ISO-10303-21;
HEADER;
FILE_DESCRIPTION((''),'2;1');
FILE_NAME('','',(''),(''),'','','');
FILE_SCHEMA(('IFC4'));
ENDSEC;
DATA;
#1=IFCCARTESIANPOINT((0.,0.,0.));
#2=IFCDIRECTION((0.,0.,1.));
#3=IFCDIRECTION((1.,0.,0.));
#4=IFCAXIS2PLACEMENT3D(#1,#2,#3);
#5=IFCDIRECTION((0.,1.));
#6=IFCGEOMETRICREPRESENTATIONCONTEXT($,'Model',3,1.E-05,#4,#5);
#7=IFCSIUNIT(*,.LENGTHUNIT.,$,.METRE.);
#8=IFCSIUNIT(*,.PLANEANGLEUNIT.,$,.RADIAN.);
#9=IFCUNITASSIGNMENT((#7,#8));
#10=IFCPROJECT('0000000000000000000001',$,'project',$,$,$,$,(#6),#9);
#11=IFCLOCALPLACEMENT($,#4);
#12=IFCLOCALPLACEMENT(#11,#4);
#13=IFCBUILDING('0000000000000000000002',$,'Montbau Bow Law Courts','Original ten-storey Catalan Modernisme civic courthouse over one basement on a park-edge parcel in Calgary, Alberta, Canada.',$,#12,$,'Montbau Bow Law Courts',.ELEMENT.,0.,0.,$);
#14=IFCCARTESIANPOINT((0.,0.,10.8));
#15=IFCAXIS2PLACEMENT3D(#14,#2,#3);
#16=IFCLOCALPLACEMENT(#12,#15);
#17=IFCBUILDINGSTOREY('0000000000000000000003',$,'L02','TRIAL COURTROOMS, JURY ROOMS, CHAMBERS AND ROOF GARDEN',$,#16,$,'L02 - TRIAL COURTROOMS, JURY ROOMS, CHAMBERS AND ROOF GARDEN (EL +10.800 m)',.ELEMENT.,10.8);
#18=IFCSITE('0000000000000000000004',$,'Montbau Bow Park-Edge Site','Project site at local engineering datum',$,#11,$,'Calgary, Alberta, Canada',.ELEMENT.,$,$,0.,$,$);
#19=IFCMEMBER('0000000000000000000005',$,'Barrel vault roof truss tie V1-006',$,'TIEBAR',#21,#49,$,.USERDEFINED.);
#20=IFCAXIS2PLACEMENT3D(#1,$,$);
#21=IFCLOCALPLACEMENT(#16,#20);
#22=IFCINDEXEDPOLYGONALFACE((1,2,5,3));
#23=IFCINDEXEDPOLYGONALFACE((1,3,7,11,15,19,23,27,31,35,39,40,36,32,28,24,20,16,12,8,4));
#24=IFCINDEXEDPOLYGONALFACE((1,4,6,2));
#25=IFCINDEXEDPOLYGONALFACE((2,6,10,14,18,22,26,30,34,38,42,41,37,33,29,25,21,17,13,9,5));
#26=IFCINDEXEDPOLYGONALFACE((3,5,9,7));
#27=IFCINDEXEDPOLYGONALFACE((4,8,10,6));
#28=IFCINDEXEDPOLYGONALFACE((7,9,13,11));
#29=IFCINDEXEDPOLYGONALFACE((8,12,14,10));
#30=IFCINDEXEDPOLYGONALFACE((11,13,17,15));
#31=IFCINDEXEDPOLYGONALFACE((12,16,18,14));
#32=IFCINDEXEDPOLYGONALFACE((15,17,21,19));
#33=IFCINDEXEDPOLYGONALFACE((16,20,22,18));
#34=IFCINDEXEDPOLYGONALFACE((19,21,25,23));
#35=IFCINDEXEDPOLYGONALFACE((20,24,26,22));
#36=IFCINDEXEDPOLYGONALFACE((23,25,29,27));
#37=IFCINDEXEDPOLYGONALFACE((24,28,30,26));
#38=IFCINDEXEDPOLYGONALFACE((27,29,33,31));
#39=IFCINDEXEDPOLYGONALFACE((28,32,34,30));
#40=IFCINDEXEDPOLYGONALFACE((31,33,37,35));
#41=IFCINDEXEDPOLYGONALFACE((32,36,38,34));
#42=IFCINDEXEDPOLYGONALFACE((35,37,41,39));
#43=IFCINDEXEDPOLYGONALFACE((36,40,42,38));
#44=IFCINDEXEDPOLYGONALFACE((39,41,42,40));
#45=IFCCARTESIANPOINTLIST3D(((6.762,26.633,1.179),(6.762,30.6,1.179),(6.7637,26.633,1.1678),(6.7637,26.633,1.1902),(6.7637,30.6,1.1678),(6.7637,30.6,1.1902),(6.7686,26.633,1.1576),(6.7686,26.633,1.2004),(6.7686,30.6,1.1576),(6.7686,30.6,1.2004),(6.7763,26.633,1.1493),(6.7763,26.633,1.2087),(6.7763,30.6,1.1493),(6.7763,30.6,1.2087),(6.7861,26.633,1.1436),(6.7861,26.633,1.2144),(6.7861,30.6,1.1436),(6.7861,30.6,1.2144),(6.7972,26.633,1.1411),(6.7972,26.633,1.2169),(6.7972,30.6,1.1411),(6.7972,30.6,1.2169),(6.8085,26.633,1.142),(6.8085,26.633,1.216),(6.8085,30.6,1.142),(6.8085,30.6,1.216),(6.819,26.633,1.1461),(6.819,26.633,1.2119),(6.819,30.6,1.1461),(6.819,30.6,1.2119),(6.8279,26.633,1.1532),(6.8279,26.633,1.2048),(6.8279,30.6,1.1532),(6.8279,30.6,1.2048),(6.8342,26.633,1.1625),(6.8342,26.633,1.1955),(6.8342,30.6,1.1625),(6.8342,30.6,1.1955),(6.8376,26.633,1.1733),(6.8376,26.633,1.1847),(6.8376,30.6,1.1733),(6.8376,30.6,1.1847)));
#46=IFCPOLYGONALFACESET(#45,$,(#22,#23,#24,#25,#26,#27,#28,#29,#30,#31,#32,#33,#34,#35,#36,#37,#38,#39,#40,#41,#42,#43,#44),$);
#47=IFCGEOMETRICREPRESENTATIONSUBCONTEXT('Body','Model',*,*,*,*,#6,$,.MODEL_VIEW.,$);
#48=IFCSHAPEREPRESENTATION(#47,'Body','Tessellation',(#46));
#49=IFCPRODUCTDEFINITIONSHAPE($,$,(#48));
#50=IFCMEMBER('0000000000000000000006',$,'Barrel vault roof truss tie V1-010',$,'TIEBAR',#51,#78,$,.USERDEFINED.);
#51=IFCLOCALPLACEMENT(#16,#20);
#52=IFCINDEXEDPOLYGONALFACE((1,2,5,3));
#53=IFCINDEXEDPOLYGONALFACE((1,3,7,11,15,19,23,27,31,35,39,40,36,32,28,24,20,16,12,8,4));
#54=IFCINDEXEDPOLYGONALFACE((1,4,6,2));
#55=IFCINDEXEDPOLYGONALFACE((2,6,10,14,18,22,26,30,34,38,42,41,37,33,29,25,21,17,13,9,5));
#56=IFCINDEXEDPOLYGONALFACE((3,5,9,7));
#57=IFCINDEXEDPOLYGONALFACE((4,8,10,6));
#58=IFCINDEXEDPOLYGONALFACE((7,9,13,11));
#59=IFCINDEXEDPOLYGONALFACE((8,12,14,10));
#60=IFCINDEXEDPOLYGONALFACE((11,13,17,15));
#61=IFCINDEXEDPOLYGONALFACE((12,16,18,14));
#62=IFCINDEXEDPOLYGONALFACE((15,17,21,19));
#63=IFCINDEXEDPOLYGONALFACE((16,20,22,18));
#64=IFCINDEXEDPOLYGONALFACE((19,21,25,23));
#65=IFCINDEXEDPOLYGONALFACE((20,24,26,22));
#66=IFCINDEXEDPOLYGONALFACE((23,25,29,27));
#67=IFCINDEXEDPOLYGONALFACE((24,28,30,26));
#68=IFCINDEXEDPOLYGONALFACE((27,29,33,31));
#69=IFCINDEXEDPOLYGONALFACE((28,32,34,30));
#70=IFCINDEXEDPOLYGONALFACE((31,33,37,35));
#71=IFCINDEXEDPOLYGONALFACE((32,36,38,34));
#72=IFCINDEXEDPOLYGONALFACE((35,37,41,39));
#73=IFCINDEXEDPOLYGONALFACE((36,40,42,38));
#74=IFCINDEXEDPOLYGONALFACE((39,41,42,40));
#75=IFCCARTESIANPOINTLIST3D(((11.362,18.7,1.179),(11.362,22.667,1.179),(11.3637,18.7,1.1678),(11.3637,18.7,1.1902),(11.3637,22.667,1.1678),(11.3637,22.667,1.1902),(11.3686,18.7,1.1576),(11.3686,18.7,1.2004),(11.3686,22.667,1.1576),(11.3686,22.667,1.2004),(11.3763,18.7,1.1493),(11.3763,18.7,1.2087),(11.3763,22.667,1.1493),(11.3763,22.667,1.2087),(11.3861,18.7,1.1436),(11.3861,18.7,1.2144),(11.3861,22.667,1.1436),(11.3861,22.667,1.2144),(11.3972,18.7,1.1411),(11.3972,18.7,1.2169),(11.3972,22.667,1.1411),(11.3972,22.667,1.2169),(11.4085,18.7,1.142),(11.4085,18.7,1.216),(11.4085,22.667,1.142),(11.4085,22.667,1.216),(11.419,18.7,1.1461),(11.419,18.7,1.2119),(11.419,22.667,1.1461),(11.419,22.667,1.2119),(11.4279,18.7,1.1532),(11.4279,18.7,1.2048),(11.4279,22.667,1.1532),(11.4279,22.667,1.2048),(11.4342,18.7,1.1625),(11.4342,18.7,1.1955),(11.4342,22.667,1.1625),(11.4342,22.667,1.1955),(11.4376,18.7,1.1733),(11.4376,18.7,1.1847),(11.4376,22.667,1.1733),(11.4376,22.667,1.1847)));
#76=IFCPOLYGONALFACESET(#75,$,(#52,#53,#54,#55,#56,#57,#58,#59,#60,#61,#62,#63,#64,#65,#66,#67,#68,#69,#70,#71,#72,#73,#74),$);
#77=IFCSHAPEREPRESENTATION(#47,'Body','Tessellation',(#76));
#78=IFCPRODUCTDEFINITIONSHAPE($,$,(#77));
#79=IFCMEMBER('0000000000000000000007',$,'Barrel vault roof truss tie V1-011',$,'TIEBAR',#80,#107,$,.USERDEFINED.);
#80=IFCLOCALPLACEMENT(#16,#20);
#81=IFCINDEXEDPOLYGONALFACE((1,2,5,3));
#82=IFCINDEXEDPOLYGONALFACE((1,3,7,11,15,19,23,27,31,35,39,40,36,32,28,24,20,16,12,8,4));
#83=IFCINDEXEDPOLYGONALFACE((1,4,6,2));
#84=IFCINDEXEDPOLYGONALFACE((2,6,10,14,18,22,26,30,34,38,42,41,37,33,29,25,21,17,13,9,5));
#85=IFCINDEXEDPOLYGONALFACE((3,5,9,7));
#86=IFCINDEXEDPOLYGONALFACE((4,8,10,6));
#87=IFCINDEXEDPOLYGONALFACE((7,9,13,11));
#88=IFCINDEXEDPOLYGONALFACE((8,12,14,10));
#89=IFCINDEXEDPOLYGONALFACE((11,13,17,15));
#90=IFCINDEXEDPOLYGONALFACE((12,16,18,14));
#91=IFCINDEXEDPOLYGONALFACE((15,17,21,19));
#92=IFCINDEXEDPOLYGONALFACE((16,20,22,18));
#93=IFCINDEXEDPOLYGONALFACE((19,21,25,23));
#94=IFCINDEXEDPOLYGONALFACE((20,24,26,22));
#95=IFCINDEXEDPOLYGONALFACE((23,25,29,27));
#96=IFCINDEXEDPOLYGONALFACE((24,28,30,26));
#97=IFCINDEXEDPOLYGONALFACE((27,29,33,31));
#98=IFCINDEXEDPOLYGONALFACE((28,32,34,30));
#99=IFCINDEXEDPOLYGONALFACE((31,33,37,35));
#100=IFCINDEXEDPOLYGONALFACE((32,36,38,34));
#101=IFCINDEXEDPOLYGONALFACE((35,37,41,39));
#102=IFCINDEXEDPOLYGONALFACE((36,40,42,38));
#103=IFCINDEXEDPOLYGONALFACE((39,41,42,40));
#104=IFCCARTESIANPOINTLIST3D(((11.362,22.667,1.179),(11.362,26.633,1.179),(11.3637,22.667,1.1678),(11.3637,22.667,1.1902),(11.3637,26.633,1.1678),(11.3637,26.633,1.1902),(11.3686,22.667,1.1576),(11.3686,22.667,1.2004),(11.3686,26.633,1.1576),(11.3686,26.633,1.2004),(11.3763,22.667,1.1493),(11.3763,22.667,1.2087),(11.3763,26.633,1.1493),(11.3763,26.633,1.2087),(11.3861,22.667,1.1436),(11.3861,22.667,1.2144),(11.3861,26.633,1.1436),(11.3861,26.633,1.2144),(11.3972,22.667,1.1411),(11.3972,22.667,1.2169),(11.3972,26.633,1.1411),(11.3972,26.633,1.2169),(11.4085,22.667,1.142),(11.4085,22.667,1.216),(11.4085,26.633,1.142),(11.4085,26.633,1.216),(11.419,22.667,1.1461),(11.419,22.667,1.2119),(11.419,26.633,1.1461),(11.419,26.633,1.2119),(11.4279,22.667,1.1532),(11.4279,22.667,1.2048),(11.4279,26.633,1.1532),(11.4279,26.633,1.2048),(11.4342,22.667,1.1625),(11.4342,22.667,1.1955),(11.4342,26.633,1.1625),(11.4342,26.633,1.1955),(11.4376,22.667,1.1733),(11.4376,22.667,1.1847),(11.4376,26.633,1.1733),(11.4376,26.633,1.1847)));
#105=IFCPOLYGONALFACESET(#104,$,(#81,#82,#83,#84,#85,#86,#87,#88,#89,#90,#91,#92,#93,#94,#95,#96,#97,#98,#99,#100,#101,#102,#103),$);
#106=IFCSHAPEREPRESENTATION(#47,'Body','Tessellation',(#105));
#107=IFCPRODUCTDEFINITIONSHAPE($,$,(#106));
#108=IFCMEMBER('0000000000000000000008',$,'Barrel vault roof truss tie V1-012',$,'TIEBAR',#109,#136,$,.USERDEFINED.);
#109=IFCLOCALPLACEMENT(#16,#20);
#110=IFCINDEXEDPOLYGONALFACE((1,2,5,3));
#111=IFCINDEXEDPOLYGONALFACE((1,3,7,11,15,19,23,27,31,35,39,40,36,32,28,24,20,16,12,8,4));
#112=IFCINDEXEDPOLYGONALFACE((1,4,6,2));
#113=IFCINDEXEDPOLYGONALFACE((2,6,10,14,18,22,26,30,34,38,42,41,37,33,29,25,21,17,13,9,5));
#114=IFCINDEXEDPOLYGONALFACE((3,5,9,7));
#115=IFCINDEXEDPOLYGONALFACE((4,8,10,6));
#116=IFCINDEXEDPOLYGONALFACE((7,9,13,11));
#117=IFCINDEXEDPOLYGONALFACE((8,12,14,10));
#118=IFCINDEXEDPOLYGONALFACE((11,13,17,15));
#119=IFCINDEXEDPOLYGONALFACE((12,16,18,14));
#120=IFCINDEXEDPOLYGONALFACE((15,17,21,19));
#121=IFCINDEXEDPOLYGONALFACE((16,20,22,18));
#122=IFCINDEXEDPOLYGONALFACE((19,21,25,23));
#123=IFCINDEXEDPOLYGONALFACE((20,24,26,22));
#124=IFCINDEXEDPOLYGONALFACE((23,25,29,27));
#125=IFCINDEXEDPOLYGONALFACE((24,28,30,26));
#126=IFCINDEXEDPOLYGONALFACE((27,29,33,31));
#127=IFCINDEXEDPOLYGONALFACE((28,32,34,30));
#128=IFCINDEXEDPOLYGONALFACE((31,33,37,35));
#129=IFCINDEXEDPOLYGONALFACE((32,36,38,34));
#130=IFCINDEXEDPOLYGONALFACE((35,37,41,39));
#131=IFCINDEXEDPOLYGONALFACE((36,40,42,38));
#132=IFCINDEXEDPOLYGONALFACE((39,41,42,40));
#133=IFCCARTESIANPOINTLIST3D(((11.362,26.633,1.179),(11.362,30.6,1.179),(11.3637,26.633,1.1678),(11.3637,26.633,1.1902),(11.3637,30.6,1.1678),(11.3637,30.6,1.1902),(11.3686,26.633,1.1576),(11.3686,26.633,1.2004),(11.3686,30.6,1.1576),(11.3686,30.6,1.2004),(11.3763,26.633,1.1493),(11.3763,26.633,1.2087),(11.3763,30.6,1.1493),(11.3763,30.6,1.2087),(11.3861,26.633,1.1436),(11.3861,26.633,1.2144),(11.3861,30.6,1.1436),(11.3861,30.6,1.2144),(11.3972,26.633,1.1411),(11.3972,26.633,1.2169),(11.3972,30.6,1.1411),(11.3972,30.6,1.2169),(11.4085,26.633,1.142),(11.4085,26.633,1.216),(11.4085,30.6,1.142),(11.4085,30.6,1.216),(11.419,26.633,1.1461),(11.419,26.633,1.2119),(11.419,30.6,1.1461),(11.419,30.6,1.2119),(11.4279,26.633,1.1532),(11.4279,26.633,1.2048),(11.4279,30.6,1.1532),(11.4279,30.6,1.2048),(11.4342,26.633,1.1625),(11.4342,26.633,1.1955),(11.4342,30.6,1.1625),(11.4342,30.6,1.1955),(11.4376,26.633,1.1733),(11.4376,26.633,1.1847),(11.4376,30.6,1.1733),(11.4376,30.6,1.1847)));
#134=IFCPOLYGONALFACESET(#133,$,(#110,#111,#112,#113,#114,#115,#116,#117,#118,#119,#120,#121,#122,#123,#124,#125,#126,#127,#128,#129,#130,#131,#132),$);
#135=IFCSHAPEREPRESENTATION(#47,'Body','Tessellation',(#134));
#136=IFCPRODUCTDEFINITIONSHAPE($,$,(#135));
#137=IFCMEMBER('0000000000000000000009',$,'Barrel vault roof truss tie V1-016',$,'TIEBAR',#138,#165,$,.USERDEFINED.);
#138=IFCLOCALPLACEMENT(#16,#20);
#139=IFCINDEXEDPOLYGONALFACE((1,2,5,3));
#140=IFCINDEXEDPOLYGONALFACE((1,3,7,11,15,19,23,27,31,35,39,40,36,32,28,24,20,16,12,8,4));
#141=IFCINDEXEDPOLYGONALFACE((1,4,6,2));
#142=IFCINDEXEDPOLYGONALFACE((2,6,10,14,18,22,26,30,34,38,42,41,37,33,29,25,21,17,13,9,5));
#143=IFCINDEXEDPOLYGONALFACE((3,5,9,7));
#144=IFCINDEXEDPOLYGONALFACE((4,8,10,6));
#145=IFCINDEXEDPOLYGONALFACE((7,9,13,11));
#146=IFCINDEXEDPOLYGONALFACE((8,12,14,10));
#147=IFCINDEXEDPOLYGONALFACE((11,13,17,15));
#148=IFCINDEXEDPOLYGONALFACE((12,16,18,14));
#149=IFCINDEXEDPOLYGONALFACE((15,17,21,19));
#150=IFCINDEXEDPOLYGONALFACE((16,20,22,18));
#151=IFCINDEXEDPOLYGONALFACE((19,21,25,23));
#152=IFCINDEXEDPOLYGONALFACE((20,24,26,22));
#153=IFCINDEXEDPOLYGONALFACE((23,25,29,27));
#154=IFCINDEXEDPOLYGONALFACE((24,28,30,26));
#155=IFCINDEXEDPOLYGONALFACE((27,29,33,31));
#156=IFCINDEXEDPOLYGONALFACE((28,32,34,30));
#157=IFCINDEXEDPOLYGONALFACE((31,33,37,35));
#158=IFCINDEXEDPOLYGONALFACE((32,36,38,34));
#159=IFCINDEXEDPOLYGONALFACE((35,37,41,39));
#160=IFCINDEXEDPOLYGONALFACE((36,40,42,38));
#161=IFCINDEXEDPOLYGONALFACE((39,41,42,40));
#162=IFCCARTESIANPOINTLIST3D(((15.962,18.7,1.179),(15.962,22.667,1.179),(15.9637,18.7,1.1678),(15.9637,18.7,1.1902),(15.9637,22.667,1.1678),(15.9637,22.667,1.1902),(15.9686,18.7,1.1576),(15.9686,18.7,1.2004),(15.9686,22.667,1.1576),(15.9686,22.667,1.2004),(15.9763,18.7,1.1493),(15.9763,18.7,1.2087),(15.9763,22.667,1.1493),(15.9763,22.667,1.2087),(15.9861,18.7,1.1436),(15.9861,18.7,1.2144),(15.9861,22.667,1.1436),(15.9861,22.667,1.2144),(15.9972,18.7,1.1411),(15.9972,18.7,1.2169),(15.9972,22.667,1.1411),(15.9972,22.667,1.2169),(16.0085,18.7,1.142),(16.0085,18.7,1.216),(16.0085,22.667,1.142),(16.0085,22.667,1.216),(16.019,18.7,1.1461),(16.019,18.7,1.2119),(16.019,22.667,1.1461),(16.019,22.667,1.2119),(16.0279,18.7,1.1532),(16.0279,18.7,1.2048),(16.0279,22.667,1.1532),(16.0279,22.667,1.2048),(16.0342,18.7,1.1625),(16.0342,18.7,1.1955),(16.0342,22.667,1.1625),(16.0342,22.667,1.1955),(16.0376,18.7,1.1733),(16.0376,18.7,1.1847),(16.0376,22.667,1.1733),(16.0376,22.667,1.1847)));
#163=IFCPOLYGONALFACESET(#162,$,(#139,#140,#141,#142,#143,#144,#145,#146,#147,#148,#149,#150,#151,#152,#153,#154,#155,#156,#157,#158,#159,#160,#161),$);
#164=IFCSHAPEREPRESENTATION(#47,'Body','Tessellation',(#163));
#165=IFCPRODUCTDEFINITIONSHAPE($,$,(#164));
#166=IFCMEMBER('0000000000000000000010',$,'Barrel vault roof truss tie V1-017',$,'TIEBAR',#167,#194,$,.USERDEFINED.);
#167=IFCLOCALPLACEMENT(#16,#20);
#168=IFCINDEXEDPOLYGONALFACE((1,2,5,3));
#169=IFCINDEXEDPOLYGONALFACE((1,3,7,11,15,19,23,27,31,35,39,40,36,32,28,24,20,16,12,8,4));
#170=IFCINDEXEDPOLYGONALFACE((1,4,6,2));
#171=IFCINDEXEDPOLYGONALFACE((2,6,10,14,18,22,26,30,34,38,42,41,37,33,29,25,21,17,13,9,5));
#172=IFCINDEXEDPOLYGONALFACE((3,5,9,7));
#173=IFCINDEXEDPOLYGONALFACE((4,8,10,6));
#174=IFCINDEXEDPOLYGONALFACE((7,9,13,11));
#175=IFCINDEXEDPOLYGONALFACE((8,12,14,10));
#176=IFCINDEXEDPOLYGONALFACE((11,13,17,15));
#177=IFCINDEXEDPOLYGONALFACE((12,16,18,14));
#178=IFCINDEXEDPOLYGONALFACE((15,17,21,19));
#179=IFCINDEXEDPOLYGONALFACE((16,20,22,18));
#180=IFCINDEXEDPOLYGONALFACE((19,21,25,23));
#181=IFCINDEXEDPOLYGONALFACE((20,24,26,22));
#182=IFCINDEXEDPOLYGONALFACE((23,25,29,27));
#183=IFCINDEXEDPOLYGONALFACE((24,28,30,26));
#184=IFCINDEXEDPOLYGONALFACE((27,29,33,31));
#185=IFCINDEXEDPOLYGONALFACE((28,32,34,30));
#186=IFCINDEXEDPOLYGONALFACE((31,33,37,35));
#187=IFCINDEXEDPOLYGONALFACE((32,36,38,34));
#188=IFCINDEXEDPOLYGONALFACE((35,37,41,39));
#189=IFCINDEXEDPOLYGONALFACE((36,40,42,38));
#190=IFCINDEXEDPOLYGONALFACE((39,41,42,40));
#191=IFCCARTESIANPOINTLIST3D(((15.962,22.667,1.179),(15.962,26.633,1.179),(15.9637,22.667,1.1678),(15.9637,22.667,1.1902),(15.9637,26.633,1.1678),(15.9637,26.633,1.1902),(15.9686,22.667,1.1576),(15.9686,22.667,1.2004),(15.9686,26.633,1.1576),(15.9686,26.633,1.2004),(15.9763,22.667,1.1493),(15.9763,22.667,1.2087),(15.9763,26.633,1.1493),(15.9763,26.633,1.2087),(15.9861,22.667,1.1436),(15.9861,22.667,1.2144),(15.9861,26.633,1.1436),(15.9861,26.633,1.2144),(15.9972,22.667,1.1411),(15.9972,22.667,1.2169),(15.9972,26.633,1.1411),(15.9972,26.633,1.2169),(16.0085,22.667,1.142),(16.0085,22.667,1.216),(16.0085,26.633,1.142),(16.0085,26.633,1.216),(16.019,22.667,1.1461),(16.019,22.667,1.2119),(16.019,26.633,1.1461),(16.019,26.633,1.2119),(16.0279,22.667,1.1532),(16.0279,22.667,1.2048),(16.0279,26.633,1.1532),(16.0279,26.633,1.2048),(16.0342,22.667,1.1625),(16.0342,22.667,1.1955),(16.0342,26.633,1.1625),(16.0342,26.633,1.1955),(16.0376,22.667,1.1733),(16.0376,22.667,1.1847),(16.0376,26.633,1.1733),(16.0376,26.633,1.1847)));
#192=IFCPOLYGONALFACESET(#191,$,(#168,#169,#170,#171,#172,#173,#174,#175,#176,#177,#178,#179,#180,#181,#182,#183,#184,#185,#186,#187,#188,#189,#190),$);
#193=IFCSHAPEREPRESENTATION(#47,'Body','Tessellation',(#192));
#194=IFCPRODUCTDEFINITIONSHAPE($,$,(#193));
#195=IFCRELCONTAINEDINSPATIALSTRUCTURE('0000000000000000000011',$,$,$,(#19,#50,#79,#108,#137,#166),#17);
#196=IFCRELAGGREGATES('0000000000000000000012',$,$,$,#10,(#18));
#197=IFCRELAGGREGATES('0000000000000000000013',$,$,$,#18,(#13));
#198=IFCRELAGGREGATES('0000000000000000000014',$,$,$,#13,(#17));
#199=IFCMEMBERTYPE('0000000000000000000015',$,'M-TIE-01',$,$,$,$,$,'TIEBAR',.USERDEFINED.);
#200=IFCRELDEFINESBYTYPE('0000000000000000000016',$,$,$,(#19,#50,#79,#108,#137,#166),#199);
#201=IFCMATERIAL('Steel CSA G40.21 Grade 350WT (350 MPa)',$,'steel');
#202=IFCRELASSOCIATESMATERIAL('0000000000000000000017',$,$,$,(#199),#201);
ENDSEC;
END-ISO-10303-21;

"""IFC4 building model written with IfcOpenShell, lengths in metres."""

from ifc_helpers import new_model, si_unit, direction, frame, origin_with_axes, origin_2d_with_axis, place, context, subcontext, project, spatial, circle, extrude, material, material_profile, profile_set, type_object, element, save


model = new_model("IFC4")

# Units and contexts
model_context = context("Model", 3, precision=1e-05, world=origin_with_axes(), true_north=direction((0.0, 1.0)))
body_context = subcontext(model_context, "Body", "Model", "MODEL_VIEW")
ifc_project = project(units=[si_unit("LENGTHUNIT", "METRE"), si_unit("PLANEANGLEUNIT", "RADIAN")], contexts=[model_context])

# Site, building, storey
site_placement = place(None, origin_with_axes())
site = spatial("IfcSite", under=ifc_project, at=site_placement, Name="Montbau Bow Park-Edge Site", Description="Project site at local engineering datum", LongName="Calgary, Alberta, Canada", CompositionType="ELEMENT", RefElevation=0.0)
building_placement = place(site_placement, origin_with_axes())
building = spatial("IfcBuilding", under=site, at=building_placement, Name="Montbau Bow Law Courts", Description="Original ten-storey Catalan Modernisme civic courthouse over one basement on a park-edge parcel in Calgary, Alberta, Canada.", LongName="Montbau Bow Law Courts", CompositionType="ELEMENT", ElevationOfRefHeight=0.0, ElevationOfTerrain=0.0)
storey_placement = place(building_placement, frame((0.0, 0.0, 10.8), z_axis=(0.0, 0.0, 1.0), x_axis=(1.0, 0.0, 0.0)))
storey = spatial("IfcBuildingStorey", under=building, at=storey_placement, Name="L02", Description="TRIAL COURTROOMS, JURY ROOMS, CHAMBERS AND ROOF GARDEN", LongName="L02 - TRIAL COURTROOMS, JURY ROOMS, CHAMBERS AND ROOF GARDEN (EL +10.800 m)", CompositionType="ELEMENT", Elevation=10.8)

# Shared definitions
ifc_material = material(Name="Steel CSA G40.21 Grade 350WT (350 MPa)", Category="steel")

# Members
ifc_material_profile_1 = material_profile(ifc_material, circle(Radius=0.038, at=origin_2d_with_axis()), Name="ROD76", Category="Main", Priority=0)
ifc_profile_set_1 = profile_set([ifc_material_profile_1], Name="Steel CSA G40.21 Grade 350WT (350 MPa)")
member_type_1 = type_object("IfcMemberType", Name="M-TIE-01", ElementType="TIEBAR", PredefinedType="USERDEFINED", material=ifc_profile_set_1)
for number, where, z_axis, x_axis, name in (
    (1, (6.8, 26.633, 11.979), (0.0, 1.0, 0.0), (-1.0, 0.0, 0.0), "Barrel vault roof truss tie V1-006"),
    (2, (11.4, 18.7, 11.979), (0.0, 1.0, 0.0), (-1.0, 0.0, 0.0), "Barrel vault roof truss tie V1-010"),
):
    element("IfcMember", number, at=place(None, frame(where, z_axis=z_axis, x_axis=x_axis)), inside=storey, type_object=member_type_1, Name=name, ObjectType="TIEBAR", PredefinedType="USERDEFINED", context=body_context, shape_type="SweptSolid", body=[
        extrude(circle(Radius=0.038, at=origin_2d_with_axis()), origin_with_axes(), (0.0, 0.0, 1.0), 3.967),
    ])
member_1_placement = place(None, frame((11.4, 22.667, 11.979), z_axis=(0.0, 1.0, 0.0), x_axis=(-1.0, 0.0, 0.0)))
element("IfcMember", 3, at=member_1_placement, inside=storey, type_object=member_type_1, Name="Barrel vault roof truss tie V1-011", ObjectType="TIEBAR", PredefinedType="USERDEFINED", context=body_context, shape_type="SweptSolid", body=[
    extrude(circle(Radius=0.038, at=origin_2d_with_axis()), origin_with_axes(), (0.0, 0.0, 1.0), 3.966),
])
for number, where, z_axis, x_axis, name in (
    (4, (11.4, 26.633, 11.979), (0.0, 1.0, 0.0), (-1.0, 0.0, 0.0), "Barrel vault roof truss tie V1-012"),
    (5, (16.0, 18.7, 11.979), (0.0, 1.0, 0.0), (-1.0, 0.0, 0.0), "Barrel vault roof truss tie V1-016"),
):
    element("IfcMember", number, at=place(None, frame(where, z_axis=z_axis, x_axis=x_axis)), inside=storey, type_object=member_type_1, Name=name, ObjectType="TIEBAR", PredefinedType="USERDEFINED", context=body_context, shape_type="SweptSolid", body=[
        extrude(circle(Radius=0.038, at=origin_2d_with_axis()), origin_with_axes(), (0.0, 0.0, 1.0), 3.967),
    ])
member_2_placement = place(None, frame((16.0, 22.667, 11.979), z_axis=(0.0, 1.0, 0.0), x_axis=(-1.0, 0.0, 0.0)))
element("IfcMember", 6, at=member_2_placement, inside=storey, type_object=member_type_1, Name="Barrel vault roof truss tie V1-017", ObjectType="TIEBAR", PredefinedType="USERDEFINED", context=body_context, shape_type="SweptSolid", body=[
    extrude(circle(Radius=0.038, at=origin_2d_with_axis()), origin_with_axes(), (0.0, 0.0, 1.0), 3.966),
])

save(model, "model.ifc")
